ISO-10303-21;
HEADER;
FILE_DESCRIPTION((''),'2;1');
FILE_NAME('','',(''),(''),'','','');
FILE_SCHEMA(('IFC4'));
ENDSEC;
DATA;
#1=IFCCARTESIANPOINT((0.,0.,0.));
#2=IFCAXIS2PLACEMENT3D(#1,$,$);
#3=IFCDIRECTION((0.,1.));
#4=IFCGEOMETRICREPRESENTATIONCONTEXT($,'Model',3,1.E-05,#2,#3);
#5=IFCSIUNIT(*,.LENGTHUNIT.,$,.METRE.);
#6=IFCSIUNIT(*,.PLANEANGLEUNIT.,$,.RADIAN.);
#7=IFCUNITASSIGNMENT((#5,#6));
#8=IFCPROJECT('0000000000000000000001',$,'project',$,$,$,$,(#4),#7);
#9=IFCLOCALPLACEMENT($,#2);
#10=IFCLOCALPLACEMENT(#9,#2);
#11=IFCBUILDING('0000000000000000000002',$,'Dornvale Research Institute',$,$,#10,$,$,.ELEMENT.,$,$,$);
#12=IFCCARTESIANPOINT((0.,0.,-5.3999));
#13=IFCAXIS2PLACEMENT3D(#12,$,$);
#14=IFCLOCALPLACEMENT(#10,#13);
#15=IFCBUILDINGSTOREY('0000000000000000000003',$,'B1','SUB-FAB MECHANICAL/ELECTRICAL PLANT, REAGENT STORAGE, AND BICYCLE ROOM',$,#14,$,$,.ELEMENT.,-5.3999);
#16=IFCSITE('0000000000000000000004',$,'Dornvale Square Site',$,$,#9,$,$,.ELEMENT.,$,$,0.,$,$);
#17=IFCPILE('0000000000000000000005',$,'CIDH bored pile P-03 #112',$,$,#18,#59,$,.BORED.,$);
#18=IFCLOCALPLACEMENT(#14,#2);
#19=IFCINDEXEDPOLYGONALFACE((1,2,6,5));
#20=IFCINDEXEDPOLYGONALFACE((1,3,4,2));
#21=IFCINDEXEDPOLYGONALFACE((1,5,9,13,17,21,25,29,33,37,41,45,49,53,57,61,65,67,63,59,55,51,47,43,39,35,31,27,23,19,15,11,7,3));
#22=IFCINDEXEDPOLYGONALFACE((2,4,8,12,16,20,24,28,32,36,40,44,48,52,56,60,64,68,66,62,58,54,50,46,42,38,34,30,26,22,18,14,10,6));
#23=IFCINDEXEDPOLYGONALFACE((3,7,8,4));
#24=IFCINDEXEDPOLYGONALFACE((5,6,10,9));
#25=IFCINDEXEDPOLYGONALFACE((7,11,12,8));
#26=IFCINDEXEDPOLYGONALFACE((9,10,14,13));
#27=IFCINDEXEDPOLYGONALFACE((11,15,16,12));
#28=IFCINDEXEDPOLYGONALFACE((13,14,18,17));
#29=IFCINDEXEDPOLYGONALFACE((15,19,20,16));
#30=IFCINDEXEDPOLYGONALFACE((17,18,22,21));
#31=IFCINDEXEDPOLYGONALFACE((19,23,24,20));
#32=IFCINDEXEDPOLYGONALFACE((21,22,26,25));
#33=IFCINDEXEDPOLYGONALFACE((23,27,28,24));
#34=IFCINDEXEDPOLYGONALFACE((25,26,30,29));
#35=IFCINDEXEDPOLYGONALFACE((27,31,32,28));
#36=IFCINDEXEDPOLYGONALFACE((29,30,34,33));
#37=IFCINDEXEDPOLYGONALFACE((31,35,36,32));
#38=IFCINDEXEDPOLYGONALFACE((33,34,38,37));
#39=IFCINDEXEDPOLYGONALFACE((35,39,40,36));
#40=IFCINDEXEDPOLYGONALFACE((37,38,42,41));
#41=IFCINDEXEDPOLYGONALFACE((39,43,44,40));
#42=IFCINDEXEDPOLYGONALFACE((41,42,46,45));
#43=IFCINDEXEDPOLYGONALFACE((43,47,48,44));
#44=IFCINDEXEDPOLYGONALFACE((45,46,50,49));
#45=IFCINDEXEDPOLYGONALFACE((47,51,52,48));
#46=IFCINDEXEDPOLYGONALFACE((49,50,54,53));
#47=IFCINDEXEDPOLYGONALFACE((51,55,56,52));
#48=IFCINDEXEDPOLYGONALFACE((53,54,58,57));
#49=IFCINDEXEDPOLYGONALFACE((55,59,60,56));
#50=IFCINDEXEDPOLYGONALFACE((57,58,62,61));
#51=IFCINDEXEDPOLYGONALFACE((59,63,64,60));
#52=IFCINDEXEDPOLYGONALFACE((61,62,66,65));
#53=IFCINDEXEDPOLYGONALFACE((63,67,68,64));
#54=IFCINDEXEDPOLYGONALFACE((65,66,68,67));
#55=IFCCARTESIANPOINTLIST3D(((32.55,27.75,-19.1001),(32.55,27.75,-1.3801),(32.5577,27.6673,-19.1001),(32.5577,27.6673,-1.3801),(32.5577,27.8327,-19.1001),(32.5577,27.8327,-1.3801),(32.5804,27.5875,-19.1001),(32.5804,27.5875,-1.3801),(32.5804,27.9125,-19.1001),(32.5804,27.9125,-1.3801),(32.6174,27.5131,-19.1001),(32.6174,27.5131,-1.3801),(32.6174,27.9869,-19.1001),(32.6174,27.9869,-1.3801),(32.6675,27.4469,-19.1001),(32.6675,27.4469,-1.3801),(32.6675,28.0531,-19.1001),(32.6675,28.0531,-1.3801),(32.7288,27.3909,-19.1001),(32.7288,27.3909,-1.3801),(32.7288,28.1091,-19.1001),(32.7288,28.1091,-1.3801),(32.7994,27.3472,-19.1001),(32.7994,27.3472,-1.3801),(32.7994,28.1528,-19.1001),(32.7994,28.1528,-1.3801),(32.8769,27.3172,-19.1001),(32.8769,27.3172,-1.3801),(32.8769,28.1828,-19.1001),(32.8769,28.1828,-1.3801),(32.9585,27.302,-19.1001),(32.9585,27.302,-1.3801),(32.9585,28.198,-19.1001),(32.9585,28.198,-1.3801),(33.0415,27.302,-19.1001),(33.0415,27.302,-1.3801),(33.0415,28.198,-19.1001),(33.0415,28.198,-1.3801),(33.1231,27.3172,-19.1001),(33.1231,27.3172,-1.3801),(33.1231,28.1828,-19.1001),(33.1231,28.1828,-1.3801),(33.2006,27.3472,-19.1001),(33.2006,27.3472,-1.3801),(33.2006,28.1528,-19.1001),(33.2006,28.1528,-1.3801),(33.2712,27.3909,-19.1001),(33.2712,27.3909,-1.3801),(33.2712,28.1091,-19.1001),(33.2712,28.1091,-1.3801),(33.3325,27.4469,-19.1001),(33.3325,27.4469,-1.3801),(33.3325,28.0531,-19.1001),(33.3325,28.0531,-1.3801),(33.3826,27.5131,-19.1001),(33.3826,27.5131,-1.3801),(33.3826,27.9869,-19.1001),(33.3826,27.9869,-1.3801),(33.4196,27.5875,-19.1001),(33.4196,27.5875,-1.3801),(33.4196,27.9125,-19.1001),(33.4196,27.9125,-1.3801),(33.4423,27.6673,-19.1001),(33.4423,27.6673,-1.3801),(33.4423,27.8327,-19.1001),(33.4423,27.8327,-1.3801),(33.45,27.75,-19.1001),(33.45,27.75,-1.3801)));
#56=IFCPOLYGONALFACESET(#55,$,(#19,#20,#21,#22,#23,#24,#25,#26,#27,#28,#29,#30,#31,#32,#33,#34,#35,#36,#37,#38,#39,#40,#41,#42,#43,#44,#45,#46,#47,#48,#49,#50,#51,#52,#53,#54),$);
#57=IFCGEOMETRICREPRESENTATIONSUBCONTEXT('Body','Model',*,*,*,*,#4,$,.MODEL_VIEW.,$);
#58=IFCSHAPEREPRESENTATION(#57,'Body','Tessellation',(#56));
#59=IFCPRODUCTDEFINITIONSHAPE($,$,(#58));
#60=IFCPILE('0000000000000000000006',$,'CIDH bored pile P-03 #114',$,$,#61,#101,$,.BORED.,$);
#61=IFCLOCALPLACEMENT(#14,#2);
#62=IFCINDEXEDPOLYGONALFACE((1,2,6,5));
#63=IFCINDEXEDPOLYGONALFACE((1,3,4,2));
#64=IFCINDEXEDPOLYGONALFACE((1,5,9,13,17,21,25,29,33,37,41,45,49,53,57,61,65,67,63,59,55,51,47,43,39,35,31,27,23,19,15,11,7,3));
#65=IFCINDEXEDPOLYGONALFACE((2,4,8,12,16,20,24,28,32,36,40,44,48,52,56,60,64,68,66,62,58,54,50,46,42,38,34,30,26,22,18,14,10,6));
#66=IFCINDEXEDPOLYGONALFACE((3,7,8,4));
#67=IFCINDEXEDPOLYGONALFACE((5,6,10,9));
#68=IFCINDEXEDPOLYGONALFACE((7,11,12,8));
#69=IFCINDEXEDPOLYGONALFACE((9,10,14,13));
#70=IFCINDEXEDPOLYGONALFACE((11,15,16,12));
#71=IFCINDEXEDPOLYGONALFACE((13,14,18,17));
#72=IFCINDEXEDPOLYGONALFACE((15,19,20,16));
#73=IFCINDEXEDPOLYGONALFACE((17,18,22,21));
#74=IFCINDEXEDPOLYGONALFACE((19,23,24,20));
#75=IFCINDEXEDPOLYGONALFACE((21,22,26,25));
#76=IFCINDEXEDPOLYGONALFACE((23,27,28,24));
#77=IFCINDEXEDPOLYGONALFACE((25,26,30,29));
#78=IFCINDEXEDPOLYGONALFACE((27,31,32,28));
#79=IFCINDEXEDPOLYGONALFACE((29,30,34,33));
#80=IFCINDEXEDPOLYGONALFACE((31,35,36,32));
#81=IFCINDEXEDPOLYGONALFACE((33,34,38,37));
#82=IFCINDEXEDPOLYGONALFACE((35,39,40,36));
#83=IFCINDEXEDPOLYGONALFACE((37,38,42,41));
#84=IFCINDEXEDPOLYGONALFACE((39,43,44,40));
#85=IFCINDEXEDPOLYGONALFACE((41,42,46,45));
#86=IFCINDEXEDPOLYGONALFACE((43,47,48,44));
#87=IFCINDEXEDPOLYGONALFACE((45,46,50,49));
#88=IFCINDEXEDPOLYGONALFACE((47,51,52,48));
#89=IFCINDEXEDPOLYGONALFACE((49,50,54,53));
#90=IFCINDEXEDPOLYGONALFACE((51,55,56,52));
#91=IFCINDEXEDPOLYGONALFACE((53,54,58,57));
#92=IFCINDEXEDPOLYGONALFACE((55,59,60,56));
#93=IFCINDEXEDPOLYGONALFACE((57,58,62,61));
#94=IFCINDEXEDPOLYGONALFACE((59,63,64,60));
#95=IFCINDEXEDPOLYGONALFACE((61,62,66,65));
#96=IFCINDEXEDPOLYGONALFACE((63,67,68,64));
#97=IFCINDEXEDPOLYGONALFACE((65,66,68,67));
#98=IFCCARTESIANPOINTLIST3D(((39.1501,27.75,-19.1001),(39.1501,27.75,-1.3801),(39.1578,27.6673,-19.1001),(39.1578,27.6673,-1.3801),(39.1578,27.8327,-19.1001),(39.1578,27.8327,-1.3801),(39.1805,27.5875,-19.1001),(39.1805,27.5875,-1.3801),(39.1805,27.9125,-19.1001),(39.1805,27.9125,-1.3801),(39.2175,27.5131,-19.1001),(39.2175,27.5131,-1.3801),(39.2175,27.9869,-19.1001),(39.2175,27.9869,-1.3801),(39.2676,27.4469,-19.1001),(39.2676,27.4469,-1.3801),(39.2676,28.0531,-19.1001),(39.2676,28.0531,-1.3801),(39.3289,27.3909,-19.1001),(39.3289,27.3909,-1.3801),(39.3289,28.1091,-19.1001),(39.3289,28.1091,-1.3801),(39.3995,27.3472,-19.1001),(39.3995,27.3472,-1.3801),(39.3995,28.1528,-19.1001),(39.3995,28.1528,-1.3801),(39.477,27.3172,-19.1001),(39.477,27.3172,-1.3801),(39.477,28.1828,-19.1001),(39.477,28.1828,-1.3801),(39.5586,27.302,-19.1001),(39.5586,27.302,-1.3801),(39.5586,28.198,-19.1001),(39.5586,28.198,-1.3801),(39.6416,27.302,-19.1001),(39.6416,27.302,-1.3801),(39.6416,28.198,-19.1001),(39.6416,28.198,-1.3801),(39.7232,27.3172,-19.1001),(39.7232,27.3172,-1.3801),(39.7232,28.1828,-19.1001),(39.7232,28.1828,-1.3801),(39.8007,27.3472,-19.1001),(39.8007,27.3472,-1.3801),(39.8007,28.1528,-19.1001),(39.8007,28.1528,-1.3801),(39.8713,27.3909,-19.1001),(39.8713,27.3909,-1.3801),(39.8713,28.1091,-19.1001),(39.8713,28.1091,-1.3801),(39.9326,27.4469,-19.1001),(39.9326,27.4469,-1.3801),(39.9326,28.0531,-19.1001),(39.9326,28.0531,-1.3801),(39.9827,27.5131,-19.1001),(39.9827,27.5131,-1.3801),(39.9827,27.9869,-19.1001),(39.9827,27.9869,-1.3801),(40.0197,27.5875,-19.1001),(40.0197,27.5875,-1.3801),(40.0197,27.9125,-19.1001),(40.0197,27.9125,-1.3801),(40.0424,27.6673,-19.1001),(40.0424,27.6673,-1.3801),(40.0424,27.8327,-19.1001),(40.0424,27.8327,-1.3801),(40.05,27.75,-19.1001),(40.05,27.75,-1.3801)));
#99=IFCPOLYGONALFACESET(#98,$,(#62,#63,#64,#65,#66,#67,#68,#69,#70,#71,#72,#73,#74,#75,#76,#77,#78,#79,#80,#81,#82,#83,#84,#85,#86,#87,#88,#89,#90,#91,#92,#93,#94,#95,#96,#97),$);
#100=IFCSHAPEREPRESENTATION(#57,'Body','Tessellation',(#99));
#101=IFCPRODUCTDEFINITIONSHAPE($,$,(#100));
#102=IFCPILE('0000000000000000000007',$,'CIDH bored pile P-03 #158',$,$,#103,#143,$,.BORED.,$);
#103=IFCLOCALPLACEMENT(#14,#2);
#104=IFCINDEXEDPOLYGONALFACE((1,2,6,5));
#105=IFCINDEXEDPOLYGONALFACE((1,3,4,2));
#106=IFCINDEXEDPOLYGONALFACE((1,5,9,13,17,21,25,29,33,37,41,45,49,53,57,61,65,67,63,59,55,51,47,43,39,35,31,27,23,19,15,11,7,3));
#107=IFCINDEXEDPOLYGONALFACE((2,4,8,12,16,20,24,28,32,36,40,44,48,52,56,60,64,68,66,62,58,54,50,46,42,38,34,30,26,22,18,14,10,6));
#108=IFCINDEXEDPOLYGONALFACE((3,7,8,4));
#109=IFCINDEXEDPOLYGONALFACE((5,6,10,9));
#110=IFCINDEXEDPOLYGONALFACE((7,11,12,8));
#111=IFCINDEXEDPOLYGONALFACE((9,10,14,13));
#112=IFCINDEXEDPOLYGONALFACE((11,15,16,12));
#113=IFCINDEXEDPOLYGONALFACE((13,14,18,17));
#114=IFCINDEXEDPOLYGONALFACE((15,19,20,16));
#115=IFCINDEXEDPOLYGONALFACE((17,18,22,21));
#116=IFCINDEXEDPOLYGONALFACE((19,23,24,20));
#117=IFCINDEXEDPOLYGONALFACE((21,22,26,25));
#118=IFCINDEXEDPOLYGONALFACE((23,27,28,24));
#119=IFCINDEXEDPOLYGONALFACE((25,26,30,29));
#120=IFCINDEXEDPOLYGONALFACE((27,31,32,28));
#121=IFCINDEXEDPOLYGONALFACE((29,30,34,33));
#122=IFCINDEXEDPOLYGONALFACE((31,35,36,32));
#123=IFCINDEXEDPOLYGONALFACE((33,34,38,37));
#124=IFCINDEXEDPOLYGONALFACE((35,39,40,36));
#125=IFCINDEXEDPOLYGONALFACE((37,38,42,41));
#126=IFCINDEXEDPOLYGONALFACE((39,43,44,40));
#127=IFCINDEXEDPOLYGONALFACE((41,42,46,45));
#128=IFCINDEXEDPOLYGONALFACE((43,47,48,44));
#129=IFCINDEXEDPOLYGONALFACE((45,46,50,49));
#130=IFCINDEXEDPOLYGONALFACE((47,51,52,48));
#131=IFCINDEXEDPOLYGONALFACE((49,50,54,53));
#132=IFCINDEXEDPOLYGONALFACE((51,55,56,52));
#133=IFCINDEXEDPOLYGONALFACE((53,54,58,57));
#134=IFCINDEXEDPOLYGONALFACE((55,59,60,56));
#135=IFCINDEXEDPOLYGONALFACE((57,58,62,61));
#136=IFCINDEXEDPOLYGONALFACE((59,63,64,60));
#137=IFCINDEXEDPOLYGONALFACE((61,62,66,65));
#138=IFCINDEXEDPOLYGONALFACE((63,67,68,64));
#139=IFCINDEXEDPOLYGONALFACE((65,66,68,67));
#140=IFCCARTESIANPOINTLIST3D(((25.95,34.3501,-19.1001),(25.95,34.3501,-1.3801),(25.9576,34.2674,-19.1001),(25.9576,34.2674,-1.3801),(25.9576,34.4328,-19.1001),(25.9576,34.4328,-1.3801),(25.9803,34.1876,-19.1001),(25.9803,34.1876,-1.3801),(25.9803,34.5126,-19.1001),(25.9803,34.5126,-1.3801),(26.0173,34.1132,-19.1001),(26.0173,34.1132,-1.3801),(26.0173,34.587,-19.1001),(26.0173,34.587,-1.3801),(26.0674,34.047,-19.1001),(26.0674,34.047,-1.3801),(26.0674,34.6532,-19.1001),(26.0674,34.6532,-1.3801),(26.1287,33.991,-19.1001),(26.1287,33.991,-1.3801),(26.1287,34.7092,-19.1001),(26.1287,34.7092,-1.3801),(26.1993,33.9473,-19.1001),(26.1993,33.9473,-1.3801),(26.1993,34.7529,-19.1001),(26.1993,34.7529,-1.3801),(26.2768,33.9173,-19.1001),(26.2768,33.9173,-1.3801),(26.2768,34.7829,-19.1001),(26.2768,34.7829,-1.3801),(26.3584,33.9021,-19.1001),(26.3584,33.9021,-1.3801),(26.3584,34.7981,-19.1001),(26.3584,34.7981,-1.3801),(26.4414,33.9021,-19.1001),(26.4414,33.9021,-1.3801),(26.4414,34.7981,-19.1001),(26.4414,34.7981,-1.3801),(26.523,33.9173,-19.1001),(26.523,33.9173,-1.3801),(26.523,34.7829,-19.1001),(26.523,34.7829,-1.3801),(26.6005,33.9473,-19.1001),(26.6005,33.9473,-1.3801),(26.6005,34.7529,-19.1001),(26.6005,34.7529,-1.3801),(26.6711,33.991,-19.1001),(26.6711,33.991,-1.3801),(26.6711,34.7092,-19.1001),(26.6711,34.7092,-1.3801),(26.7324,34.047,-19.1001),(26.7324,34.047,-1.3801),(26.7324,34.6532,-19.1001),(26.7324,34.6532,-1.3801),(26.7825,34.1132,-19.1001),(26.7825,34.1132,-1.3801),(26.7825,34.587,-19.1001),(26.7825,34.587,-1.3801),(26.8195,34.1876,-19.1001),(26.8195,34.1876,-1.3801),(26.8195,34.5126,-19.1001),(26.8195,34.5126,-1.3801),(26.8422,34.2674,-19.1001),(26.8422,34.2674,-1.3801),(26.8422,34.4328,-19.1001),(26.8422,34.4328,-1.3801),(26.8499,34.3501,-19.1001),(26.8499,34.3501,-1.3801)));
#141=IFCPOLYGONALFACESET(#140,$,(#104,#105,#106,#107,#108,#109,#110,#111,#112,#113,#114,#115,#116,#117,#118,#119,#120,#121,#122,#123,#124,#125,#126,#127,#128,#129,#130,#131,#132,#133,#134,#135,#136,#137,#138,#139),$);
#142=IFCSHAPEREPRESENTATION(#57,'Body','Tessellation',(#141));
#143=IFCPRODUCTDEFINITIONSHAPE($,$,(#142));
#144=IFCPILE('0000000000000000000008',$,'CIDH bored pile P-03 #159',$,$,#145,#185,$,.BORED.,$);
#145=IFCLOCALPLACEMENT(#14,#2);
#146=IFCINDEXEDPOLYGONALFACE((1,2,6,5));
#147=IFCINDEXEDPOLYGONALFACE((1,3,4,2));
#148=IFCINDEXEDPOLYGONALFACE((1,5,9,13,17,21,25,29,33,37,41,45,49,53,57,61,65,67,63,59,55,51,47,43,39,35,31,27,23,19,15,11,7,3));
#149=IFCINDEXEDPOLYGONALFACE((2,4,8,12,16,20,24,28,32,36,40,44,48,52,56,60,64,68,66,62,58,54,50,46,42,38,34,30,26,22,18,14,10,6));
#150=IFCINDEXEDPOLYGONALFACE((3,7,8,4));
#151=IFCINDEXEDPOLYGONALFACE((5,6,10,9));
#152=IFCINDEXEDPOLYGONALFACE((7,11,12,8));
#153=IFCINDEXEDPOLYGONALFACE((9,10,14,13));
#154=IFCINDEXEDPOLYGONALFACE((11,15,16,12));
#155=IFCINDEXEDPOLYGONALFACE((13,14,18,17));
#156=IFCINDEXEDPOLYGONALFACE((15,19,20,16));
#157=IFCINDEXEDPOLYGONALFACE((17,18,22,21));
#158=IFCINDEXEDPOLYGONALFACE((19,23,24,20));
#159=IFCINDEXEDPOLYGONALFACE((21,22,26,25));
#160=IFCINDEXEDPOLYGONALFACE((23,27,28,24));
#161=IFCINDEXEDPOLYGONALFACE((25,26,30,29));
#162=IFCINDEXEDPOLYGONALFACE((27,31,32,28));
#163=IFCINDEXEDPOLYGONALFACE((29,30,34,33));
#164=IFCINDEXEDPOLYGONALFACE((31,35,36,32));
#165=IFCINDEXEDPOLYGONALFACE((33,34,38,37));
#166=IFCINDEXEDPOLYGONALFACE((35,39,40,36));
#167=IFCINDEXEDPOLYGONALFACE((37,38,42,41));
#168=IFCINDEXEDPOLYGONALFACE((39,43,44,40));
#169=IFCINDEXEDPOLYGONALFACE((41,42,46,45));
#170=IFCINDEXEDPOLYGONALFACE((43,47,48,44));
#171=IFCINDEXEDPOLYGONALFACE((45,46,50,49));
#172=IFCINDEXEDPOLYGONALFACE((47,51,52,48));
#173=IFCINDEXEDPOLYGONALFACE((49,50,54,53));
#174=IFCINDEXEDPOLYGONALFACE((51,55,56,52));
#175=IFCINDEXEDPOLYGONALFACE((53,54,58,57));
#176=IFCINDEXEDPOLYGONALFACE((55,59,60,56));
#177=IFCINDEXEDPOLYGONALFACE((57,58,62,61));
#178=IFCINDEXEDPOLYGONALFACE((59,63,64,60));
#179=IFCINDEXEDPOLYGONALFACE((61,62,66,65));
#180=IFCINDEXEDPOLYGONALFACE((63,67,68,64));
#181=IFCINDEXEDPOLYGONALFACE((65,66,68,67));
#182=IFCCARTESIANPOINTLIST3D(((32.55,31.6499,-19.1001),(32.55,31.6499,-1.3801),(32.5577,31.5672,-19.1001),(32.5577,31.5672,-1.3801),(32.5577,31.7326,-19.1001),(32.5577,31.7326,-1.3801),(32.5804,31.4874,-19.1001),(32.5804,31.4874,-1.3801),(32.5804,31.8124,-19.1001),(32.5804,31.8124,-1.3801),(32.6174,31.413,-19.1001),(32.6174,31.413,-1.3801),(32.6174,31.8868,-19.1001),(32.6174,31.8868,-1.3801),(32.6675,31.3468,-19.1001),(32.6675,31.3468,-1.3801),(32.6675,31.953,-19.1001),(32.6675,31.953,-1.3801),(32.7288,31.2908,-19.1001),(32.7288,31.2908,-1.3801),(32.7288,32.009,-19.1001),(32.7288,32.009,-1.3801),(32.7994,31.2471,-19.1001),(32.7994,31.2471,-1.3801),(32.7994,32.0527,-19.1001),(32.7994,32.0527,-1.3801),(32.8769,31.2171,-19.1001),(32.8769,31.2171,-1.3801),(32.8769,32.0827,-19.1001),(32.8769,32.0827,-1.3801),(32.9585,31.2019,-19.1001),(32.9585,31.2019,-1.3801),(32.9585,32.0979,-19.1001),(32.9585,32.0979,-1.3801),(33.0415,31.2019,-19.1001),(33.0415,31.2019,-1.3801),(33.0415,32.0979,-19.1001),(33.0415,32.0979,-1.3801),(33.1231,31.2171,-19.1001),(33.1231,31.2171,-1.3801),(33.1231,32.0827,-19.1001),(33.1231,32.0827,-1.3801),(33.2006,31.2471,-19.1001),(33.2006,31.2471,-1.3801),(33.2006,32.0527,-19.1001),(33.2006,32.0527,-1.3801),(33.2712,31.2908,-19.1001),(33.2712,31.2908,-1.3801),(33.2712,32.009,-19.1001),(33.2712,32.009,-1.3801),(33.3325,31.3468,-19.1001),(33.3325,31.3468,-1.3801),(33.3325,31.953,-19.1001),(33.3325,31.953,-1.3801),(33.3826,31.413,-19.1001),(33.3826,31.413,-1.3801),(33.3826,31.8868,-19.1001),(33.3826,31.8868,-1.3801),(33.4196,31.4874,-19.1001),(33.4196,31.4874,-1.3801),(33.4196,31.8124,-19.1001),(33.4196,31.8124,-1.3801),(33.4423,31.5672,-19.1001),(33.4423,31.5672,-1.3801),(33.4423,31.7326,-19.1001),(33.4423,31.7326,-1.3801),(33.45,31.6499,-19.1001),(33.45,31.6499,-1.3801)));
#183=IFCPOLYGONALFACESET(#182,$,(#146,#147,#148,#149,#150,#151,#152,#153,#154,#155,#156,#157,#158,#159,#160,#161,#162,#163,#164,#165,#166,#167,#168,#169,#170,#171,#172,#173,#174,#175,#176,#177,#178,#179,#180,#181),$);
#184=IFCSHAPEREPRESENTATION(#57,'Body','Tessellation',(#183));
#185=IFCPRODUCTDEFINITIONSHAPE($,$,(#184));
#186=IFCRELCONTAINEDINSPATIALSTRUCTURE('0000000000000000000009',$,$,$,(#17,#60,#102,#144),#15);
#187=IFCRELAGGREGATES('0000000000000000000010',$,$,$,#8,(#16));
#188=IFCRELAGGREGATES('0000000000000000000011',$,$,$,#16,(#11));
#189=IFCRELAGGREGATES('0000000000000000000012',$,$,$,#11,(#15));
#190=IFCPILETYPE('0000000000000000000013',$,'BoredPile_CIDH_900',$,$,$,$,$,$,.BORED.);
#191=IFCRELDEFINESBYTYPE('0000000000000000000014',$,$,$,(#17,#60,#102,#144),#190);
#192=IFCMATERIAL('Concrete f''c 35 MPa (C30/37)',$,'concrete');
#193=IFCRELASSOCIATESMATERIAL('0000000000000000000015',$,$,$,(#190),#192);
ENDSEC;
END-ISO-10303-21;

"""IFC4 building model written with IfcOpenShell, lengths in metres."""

from ifc_helpers import new_model, si_unit, direction, frame, origin, origin_2d, place, context, subcontext, project, spatial, circle, extrude, material, material_profile, profile_set, type_object, element, save


model = new_model("IFC4")

# Units and contexts
model_context = context("Model", 3, precision=1e-05, world=origin(), true_north=direction((0.0, 1.0)))
body_context = subcontext(model_context, "Body", "Model", "MODEL_VIEW")
ifc_project = project(units=[si_unit("LENGTHUNIT", "METRE"), si_unit("PLANEANGLEUNIT", "RADIAN")], contexts=[model_context])

# Site, building, storey
site_placement = place(None, origin())
site = spatial("IfcSite", under=ifc_project, at=site_placement, Name="Dornvale Square Site", CompositionType="ELEMENT", RefElevation=0.0)
building_placement = place(site_placement, origin())
building = spatial("IfcBuilding", under=site, at=building_placement, Name="Dornvale Research Institute", CompositionType="ELEMENT")
storey_placement = place(building_placement, frame((0.0, 0.0, -5.3999)))
storey = spatial("IfcBuildingStorey", under=building, at=storey_placement, Name="B1", Description="SUB-FAB MECHANICAL/ELECTRICAL PLANT, REAGENT STORAGE, AND BICYCLE ROOM", CompositionType="ELEMENT", Elevation=-5.3999)

# Piles
ifc_material_1 = material(Name="Concrete f'c 35 MPa (C30/37)", Category="concrete")
ifc_material_profile_1 = material_profile(ifc_material_1, circle(Radius=0.45, at=origin_2d()), Name="CIDH PILE D900")
ifc_profile_set_1 = profile_set([ifc_material_profile_1], Name="Concrete f'c 35 MPa (C30/37)")
pile_type = type_object("IfcPileType", Name="BoredPile_CIDH_900", PredefinedType="BORED", material=ifc_profile_set_1)
for number, where, z_axis, x_axis, name in (
    (1, (33.0, 27.75, -1.3801), (0.0, 0.0, -1.0), (1.0, 0.0, 0.0), "CIDH bored pile P-03 #112"),
    (2, (39.6001, 27.75, -1.3801), (0.0, 0.0, -1.0), (1.0, 0.0, 0.0), "CIDH bored pile P-03 #114"),
    (3, (26.3999, 34.3501, -1.3801), (0.0, 0.0, -1.0), (1.0, 0.0, 0.0), "CIDH bored pile P-03 #158"),
    (4, (33.0, 31.6499, -1.3801), (0.0, 0.0, -1.0), (1.0, 0.0, 0.0), "CIDH bored pile P-03 #159"),
):
    element("IfcPile", number, at=place(storey_placement, frame(where, z_axis=z_axis, x_axis=x_axis)), inside=storey, type_object=pile_type, Name=name, PredefinedType="BORED", context=body_context, shape_type="SweptSolid", body=[
        extrude(circle(Radius=0.45, at=origin_2d()), origin(), (0.0, 0.0, 1.0), 17.72),
    ])

save(model, "model.ifc")
